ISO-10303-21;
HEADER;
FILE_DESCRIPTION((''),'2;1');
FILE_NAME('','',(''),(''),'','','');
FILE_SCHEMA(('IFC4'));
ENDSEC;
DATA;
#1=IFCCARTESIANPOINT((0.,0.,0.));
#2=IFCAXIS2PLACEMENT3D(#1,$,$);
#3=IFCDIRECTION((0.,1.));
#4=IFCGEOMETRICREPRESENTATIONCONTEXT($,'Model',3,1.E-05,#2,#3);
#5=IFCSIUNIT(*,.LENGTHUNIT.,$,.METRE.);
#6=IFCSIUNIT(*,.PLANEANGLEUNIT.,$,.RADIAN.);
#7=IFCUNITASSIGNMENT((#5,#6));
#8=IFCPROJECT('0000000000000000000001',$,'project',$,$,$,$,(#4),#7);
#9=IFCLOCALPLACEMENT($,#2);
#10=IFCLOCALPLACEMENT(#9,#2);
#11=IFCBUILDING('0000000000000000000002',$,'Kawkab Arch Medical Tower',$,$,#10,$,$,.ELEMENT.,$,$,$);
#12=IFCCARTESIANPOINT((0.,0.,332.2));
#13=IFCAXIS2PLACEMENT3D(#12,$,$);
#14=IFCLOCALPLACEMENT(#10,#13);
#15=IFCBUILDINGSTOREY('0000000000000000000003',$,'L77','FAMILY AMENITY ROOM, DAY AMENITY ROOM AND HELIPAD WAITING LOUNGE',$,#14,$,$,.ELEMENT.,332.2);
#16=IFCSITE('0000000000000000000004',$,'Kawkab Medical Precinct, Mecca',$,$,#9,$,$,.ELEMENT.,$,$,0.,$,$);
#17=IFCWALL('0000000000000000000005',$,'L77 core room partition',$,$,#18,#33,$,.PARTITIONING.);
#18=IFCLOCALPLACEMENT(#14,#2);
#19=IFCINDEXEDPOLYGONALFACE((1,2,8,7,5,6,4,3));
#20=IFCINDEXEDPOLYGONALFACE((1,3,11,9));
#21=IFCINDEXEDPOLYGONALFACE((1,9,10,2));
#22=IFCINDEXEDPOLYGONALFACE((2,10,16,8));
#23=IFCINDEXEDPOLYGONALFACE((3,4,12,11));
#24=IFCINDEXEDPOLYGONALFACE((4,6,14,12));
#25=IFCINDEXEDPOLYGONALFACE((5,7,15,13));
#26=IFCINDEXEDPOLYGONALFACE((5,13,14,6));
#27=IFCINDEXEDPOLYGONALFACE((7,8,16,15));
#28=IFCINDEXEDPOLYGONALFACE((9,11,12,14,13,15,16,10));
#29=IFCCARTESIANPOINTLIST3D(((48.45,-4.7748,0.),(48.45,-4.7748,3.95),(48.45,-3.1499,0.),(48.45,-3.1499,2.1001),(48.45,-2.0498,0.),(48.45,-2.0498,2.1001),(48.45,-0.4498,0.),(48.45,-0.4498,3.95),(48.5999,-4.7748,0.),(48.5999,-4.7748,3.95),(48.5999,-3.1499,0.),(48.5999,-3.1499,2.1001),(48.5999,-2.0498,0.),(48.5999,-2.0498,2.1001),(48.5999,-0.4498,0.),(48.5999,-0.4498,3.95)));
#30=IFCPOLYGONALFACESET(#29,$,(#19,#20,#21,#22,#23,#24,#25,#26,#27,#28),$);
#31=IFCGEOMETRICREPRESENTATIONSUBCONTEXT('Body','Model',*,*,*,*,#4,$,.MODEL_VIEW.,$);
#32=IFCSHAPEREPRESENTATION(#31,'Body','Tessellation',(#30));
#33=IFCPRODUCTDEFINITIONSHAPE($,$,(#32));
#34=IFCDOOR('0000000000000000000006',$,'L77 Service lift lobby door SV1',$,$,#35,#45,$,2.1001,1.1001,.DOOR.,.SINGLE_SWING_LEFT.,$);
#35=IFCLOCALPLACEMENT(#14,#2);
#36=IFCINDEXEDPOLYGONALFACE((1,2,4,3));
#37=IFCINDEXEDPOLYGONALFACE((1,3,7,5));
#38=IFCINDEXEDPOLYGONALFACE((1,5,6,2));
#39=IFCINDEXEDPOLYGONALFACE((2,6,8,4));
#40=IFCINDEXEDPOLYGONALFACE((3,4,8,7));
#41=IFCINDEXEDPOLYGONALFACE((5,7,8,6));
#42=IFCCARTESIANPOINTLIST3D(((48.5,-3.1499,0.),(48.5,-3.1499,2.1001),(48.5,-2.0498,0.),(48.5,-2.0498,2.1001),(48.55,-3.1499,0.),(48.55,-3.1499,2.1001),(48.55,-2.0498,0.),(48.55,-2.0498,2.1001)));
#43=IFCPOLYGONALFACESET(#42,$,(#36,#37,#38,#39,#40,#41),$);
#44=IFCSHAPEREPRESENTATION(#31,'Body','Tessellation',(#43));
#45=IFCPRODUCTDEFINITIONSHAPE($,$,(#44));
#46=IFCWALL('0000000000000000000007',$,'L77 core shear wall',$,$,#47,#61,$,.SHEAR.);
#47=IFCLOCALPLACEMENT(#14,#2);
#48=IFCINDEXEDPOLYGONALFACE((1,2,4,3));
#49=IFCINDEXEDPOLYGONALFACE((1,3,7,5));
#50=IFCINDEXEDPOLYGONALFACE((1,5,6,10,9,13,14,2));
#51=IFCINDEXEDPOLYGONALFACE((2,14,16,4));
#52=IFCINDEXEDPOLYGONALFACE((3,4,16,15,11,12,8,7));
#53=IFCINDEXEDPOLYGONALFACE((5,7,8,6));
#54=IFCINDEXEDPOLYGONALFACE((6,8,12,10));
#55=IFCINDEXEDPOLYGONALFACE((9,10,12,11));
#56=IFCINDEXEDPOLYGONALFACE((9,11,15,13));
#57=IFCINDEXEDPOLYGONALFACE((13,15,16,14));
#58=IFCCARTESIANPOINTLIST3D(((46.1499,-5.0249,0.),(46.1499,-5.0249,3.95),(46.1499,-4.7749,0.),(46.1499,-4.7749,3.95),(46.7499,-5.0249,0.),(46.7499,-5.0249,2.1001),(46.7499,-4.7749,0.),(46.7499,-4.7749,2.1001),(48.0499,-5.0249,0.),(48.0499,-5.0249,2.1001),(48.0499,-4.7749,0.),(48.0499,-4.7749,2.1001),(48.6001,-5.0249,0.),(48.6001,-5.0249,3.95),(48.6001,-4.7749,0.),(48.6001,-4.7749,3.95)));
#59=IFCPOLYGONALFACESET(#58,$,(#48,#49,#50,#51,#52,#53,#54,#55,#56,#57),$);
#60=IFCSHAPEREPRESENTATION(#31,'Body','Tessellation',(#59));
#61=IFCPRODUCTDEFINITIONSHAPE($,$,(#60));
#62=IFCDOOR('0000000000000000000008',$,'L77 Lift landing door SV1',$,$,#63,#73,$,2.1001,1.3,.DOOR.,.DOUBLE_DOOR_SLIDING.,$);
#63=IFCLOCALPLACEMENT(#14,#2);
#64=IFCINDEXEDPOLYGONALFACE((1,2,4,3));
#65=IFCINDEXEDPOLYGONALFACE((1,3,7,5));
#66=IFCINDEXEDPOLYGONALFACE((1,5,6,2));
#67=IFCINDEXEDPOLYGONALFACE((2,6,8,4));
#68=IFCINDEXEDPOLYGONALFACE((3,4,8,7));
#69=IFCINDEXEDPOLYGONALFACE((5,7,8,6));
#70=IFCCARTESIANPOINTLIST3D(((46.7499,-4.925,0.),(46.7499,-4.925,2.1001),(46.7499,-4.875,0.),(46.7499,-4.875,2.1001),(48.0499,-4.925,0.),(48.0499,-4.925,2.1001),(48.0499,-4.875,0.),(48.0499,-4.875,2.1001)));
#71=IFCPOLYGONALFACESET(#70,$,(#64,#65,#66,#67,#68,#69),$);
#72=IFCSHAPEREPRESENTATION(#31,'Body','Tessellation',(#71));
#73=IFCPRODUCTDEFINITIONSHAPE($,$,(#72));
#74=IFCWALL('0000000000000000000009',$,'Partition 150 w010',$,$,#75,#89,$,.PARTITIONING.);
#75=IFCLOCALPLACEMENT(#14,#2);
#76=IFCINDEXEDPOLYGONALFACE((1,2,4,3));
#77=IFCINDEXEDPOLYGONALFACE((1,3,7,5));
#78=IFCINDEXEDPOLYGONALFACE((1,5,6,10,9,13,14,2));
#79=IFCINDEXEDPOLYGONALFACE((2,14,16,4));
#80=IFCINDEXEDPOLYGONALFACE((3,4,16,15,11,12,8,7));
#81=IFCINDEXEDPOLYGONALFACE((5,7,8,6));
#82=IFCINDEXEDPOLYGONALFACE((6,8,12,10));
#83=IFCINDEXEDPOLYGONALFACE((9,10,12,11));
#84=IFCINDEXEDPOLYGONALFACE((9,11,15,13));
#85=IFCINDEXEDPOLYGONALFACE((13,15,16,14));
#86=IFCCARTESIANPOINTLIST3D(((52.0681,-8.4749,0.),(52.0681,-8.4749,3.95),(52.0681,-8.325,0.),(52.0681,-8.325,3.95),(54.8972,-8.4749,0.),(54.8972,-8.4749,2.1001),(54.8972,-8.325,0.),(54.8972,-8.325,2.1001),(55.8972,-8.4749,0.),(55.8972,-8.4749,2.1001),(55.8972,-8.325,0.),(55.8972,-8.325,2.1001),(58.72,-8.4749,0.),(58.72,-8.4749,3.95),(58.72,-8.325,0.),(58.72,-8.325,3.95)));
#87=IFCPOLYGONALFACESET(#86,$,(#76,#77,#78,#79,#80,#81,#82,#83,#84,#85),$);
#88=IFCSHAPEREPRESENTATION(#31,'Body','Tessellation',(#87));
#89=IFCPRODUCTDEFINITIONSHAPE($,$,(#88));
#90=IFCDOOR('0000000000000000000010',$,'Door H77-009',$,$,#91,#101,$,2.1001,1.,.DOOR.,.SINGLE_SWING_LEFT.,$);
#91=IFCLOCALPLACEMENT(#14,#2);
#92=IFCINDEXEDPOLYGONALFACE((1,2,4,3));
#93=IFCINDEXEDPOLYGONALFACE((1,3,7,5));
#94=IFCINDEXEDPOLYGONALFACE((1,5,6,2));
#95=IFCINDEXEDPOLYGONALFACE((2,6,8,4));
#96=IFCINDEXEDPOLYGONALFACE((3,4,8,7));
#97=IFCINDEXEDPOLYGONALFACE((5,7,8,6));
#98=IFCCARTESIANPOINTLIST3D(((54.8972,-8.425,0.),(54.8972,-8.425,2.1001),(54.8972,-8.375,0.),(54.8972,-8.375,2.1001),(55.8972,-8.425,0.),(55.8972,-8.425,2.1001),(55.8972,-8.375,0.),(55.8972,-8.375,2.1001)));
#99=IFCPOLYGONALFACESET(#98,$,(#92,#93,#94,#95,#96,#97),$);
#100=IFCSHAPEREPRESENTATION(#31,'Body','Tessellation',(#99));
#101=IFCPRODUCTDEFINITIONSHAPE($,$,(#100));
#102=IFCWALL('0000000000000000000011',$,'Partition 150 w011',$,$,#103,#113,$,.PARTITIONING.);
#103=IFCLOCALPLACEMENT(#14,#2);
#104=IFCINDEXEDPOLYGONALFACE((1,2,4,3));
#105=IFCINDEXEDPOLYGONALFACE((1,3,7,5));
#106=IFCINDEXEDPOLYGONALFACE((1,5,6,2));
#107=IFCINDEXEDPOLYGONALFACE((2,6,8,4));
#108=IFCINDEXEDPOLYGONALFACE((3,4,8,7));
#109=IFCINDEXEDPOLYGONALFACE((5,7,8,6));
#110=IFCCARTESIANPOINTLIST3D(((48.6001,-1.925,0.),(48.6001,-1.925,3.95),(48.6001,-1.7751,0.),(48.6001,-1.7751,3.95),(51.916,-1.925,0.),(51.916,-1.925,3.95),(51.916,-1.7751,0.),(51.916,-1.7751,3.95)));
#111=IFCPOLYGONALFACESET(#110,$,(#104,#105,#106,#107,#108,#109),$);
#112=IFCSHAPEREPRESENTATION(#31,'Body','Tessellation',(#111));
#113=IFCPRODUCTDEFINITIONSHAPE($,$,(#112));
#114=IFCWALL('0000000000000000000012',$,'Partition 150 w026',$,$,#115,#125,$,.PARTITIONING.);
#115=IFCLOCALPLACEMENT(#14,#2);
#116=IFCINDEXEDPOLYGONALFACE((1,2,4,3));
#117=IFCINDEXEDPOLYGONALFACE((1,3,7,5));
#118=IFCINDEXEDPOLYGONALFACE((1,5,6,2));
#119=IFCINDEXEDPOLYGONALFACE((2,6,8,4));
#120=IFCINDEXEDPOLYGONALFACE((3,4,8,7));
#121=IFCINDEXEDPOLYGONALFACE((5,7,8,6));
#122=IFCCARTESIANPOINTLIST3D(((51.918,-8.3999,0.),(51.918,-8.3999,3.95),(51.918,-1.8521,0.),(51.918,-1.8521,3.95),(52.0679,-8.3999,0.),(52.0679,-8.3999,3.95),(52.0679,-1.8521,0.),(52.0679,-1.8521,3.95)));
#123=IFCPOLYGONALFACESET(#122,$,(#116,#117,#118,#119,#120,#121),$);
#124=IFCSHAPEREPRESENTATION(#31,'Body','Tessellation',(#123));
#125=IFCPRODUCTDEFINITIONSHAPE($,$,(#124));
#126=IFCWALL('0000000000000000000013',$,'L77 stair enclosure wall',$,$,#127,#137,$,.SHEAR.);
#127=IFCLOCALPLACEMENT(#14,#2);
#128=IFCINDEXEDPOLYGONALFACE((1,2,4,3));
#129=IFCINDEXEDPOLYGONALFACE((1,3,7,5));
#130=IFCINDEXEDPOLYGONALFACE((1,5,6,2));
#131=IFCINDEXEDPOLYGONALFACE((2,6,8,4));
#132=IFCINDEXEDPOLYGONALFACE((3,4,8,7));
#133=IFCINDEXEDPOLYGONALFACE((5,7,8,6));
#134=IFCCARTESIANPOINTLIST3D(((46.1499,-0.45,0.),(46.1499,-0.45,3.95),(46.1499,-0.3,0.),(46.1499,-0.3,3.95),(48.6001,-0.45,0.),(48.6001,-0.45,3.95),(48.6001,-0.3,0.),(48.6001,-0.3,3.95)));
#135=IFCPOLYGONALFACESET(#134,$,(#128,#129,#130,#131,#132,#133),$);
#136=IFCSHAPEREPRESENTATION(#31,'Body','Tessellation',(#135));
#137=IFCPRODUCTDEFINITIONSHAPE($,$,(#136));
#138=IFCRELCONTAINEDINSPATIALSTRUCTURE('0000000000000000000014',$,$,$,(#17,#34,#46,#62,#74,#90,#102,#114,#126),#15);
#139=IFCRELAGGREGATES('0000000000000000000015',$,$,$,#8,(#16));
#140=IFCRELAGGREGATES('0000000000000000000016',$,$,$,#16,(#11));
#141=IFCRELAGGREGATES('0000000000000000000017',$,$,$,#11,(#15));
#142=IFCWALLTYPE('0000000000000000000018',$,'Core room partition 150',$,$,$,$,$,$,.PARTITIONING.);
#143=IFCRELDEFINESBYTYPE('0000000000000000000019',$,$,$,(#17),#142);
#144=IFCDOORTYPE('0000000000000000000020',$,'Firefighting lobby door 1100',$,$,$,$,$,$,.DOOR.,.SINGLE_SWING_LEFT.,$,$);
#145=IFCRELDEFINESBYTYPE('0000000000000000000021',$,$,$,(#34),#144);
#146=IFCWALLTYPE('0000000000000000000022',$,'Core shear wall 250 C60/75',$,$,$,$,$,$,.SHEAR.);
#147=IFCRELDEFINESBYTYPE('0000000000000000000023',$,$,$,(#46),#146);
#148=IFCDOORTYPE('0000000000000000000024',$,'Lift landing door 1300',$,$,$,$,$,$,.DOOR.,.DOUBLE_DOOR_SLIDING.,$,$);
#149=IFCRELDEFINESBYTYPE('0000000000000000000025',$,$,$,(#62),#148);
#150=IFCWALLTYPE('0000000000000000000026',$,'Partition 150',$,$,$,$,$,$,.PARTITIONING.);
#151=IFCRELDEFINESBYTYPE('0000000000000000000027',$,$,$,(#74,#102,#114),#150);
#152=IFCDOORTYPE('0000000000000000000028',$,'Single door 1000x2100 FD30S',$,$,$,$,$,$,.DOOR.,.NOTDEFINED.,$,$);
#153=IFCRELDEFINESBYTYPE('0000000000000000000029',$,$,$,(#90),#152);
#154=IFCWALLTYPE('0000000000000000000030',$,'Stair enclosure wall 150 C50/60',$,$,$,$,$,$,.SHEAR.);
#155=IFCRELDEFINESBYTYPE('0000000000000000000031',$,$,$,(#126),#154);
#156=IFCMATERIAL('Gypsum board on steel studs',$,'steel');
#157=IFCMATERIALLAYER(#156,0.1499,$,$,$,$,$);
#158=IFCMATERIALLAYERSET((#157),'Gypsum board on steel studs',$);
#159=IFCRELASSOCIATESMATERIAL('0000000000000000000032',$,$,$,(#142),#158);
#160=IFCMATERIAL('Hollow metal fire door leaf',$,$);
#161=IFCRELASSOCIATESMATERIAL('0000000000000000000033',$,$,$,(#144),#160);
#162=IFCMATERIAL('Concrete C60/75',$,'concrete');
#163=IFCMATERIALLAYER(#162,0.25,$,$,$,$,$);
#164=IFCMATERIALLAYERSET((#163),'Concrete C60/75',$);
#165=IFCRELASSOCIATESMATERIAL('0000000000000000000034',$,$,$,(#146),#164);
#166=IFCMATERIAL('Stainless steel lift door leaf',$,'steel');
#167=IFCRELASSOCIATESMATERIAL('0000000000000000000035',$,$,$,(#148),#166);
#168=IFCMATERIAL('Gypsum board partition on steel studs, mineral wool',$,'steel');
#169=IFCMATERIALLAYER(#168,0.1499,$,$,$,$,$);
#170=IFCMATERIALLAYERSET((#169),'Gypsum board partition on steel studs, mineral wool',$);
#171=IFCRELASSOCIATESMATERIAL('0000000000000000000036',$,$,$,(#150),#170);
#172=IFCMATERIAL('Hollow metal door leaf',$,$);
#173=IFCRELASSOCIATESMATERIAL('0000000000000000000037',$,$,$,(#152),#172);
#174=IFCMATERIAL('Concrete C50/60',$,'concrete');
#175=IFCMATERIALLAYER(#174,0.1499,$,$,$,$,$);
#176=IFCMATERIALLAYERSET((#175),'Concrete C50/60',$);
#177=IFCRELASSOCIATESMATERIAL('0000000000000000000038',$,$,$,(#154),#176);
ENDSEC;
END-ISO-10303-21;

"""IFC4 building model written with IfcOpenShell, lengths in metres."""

from ifc_helpers import new_model, si_unit, direction, frame, frame_2d, origin, place, context, subcontext, project, spatial, rectangle, extrude, material, layer, layer_set, type_object, element, fill, save


model = new_model("IFC4")

# Units and contexts
model_context = context("Model", 3, precision=1e-05, world=origin(), true_north=direction((0.0, 1.0)))
body_context = subcontext(model_context, "Body", "Model", "MODEL_VIEW")
ifc_project = project(units=[si_unit("LENGTHUNIT", "METRE"), si_unit("PLANEANGLEUNIT", "RADIAN")], contexts=[model_context])

# Site, building, storey
site_placement = place(None, origin())
site = spatial("IfcSite", under=ifc_project, at=site_placement, Name="Kawkab Medical Precinct, Mecca", CompositionType="ELEMENT", RefElevation=0.0)
building_placement = place(site_placement, origin())
building = spatial("IfcBuilding", under=site, at=building_placement, Name="Kawkab Arch Medical Tower", CompositionType="ELEMENT")
storey_placement = place(building_placement, frame((0.0, 0.0, 332.2)))
storey = spatial("IfcBuildingStorey", under=building, at=storey_placement, Name="L77", Description="FAMILY AMENITY ROOM, DAY AMENITY ROOM AND HELIPAD WAITING LOUNGE", CompositionType="ELEMENT", Elevation=332.2)

# Walls, openings, doors
ifc_material_1 = material(Name="Gypsum board on steel studs", Category="steel")
ifc_layer_1 = layer(ifc_material_1, 0.1499)
ifc_layer_set_1 = layer_set([ifc_layer_1], Name="Gypsum board on steel studs")
wall_type_1 = type_object("IfcWallType", Name="Core room partition 150", PredefinedType="PARTITIONING", material=ifc_layer_set_1)
wall_1_placement = place(storey_placement, frame((48.5249, -4.7749, 0.0), z_axis=(0.0, 0.0, 1.0), x_axis=(0.0, 1.0, 0.0)))
wall_1 = element("IfcWall", 1, at=wall_1_placement, inside=storey, type_object=wall_type_1, Name="L77 core room partition", PredefinedType="PARTITIONING", context=body_context, shape_type="SweptSolid", body=[
    extrude(rectangle(XDim=4.325, YDim=0.1499, at=frame_2d((2.1626, 0.0))), origin(), (0.0, 0.0, 1.0), 3.95),
])
opening_1_placement = place(wall_1_placement, frame((1.625, 0.0, 0.0)))
opening_1 = element("IfcOpeningElement", 2, at=opening_1_placement, cuts=wall_1, PredefinedType="OPENING", context=body_context, shape_type="SweptSolid", body=[
    extrude(rectangle(XDim=1.1001, YDim=2.1001, at=frame_2d((0.55, 1.05))), frame((0.0, 0.085, 0.0), z_axis=(0.0, -1.0, 0.0), x_axis=(1.0, 0.0, 0.0)), (0.0, 0.0, 1.0), 0.1699),
])
ifc_material_2 = material(Name="Hollow metal fire door leaf")
door_type_1 = type_object("IfcDoorType", Name="Firefighting lobby door 1100", OperationType="SINGLE_SWING_LEFT", PredefinedType="DOOR", material=ifc_material_2)
door_1_placement = place(opening_1_placement, origin())
door_1 = element("IfcDoor", 3, at=door_1_placement, inside=storey, type_object=door_type_1, Name="L77 Service lift lobby door SV1", OperationType="SINGLE_SWING_LEFT", OverallHeight=2.1001, OverallWidth=1.1001, PredefinedType="DOOR", context=body_context, shape_type="SweptSolid", body=[
    extrude(rectangle(XDim=1.1001, YDim=2.1001, at=frame_2d((0.55, 1.05))), frame((0.0, 0.0249, 0.0), z_axis=(0.0, -1.0, 0.0), x_axis=(1.0, 0.0, 0.0)), (0.0, 0.0, 1.0), 0.05),
])
fill(opening_1, door_1)
ifc_material_3 = material(Name="Concrete C60/75", Category="concrete")
ifc_layer_2 = layer(ifc_material_3, 0.25)
ifc_layer_set_2 = layer_set([ifc_layer_2], Name="Concrete C60/75")
wall_type_2 = type_object("IfcWallType", Name="Core shear wall 250 C60/75", PredefinedType="SHEAR", material=ifc_layer_set_2)
wall_2_placement = place(storey_placement, frame((46.1499, -4.8999, 0.0), z_axis=(0.0, 0.0, 1.0), x_axis=(1.0, 0.0, 0.0)))
wall_2 = element("IfcWall", 4, at=wall_2_placement, inside=storey, type_object=wall_type_2, Name="L77 core shear wall", PredefinedType="SHEAR", context=body_context, shape_type="SweptSolid", body=[
    extrude(rectangle(XDim=2.4502, YDim=0.25, at=frame_2d((1.2251, 0.0))), origin(), (0.0, 0.0, 1.0), 3.95),
])
opening_2_placement = place(wall_2_placement, frame((0.6001, 0.0, 0.0)))
opening_2 = element("IfcOpeningElement", 5, at=opening_2_placement, cuts=wall_2, PredefinedType="OPENING", context=body_context, shape_type="SweptSolid", body=[
    extrude(rectangle(XDim=1.3, YDim=2.1001, at=frame_2d((0.6499, 1.05))), frame((0.0, 0.135, 0.0), z_axis=(0.0, -1.0, 0.0), x_axis=(1.0, 0.0, 0.0)), (0.0, 0.0, 1.0), 0.27),
])
ifc_material_4 = material(Name="Stainless steel lift door leaf", Category="steel")
door_type_2 = type_object("IfcDoorType", Name="Lift landing door 1300", OperationType="DOUBLE_DOOR_SLIDING", PredefinedType="DOOR", material=ifc_material_4)
door_2_placement = place(opening_2_placement, origin())
door_2 = element("IfcDoor", 6, at=door_2_placement, inside=storey, type_object=door_type_2, Name="L77 Lift landing door SV1", OperationType="DOUBLE_DOOR_SLIDING", OverallHeight=2.1001, OverallWidth=1.3, PredefinedType="DOOR", context=body_context, shape_type="SweptSolid", body=[
    extrude(rectangle(XDim=1.3, YDim=2.1001, at=frame_2d((0.6499, 1.05))), frame((0.0, 0.0249, 0.0), z_axis=(0.0, -1.0, 0.0), x_axis=(1.0, 0.0, 0.0)), (0.0, 0.0, 1.0), 0.05),
])
fill(opening_2, door_2)
ifc_material_5 = material(Name="Gypsum board partition on steel studs, mineral wool", Category="steel")
ifc_layer_3 = layer(ifc_material_5, 0.1499)
ifc_layer_set_3 = layer_set([ifc_layer_3], Name="Gypsum board partition on steel studs, mineral wool")
wall_type_3 = type_object("IfcWallType", Name="Partition 150", PredefinedType="PARTITIONING", material=ifc_layer_set_3)
wall_3_placement = place(storey_placement, frame((52.0681, -8.3999, 0.0), z_axis=(0.0, 0.0, 1.0), x_axis=(1.0, 0.0, 0.0)))
wall_3 = element("IfcWall", 7, at=wall_3_placement, inside=storey, type_object=wall_type_3, Name="Partition 150 w010", PredefinedType="PARTITIONING", context=body_context, shape_type="SweptSolid", body=[
    extrude(rectangle(XDim=6.6519, YDim=0.1499, at=frame_2d((3.3259, 0.0))), origin(), (0.0, 0.0, 1.0), 3.95),
])
opening_3_placement = place(wall_3_placement, frame((2.8291, 0.0, 0.0)))
opening_3 = element("IfcOpeningElement", 8, at=opening_3_placement, cuts=wall_3, PredefinedType="OPENING", context=body_context, shape_type="SweptSolid", body=[
    extrude(rectangle(XDim=1.0, YDim=2.1001, at=frame_2d((0.5, 1.05))), frame((0.0, 0.085, 0.0), z_axis=(0.0, -1.0, 0.0), x_axis=(1.0, 0.0, 0.0)), (0.0, 0.0, 1.0), 0.1699),
])
ifc_material_6 = material(Name="Hollow metal door leaf")
door_type_3 = type_object("IfcDoorType", Name="Single door 1000x2100 FD30S", OperationType="NOTDEFINED", PredefinedType="DOOR", material=ifc_material_6)
door_3_placement = place(opening_3_placement, origin())
door_3 = element("IfcDoor", 9, at=door_3_placement, inside=storey, type_object=door_type_3, Name="Door H77-009", OperationType="SINGLE_SWING_LEFT", OverallHeight=2.1001, OverallWidth=1.0, PredefinedType="DOOR", context=body_context, shape_type="SweptSolid", body=[
    extrude(rectangle(XDim=1.0, YDim=2.1001, at=frame_2d((0.5, 1.05))), frame((0.0, 0.0249, 0.0), z_axis=(0.0, -1.0, 0.0), x_axis=(1.0, 0.0, 0.0)), (0.0, 0.0, 1.0), 0.05),
])
fill(opening_3, door_3)

# Walls
wall_4_placement = place(storey_placement, frame((48.6001, -1.8501, 0.0), z_axis=(0.0, 0.0, 1.0), x_axis=(1.0, 0.0, 0.0)))
element("IfcWall", 10, at=wall_4_placement, inside=storey, type_object=wall_type_3, Name="Partition 150 w011", PredefinedType="PARTITIONING", context=body_context, shape_type="SweptSolid", body=[
    extrude(rectangle(XDim=3.3159, YDim=0.1499, at=frame_2d((1.658, 0.0))), origin(), (0.0, 0.0, 1.0), 3.95),
])
wall_5_placement = place(storey_placement, frame((51.9929, -8.3999, 0.0), z_axis=(0.0, 0.0, 1.0), x_axis=(0.0, 1.0, 0.0)))
element("IfcWall", 11, at=wall_5_placement, inside=storey, type_object=wall_type_3, Name="Partition 150 w026", PredefinedType="PARTITIONING", context=body_context, shape_type="SweptSolid", body=[
    extrude(rectangle(XDim=6.5479, YDim=0.1499, at=frame_2d((3.2739, 0.0))), origin(), (0.0, 0.0, 1.0), 3.95),
])
ifc_material_7 = material(Name="Concrete C50/60", Category="concrete")
ifc_layer_4 = layer(ifc_material_7, 0.1499)
ifc_layer_set_4 = layer_set([ifc_layer_4], Name="Concrete C50/60")
wall_type_4 = type_object("IfcWallType", Name="Stair enclosure wall 150 C50/60", PredefinedType="SHEAR", material=ifc_layer_set_4)
wall_6_placement = place(storey_placement, frame((46.1499, -0.375, 0.0), z_axis=(0.0, 0.0, 1.0), x_axis=(1.0, 0.0, 0.0)))
element("IfcWall", 12, at=wall_6_placement, inside=storey, type_object=wall_type_4, Name="L77 stair enclosure wall", PredefinedType="SHEAR", context=body_context, shape_type="SweptSolid", body=[
    extrude(rectangle(XDim=2.4502, YDim=0.1499, at=frame_2d((1.2251, 0.0))), origin(), (0.0, 0.0, 1.0), 3.95),
])

save(model, "model.ifc")
